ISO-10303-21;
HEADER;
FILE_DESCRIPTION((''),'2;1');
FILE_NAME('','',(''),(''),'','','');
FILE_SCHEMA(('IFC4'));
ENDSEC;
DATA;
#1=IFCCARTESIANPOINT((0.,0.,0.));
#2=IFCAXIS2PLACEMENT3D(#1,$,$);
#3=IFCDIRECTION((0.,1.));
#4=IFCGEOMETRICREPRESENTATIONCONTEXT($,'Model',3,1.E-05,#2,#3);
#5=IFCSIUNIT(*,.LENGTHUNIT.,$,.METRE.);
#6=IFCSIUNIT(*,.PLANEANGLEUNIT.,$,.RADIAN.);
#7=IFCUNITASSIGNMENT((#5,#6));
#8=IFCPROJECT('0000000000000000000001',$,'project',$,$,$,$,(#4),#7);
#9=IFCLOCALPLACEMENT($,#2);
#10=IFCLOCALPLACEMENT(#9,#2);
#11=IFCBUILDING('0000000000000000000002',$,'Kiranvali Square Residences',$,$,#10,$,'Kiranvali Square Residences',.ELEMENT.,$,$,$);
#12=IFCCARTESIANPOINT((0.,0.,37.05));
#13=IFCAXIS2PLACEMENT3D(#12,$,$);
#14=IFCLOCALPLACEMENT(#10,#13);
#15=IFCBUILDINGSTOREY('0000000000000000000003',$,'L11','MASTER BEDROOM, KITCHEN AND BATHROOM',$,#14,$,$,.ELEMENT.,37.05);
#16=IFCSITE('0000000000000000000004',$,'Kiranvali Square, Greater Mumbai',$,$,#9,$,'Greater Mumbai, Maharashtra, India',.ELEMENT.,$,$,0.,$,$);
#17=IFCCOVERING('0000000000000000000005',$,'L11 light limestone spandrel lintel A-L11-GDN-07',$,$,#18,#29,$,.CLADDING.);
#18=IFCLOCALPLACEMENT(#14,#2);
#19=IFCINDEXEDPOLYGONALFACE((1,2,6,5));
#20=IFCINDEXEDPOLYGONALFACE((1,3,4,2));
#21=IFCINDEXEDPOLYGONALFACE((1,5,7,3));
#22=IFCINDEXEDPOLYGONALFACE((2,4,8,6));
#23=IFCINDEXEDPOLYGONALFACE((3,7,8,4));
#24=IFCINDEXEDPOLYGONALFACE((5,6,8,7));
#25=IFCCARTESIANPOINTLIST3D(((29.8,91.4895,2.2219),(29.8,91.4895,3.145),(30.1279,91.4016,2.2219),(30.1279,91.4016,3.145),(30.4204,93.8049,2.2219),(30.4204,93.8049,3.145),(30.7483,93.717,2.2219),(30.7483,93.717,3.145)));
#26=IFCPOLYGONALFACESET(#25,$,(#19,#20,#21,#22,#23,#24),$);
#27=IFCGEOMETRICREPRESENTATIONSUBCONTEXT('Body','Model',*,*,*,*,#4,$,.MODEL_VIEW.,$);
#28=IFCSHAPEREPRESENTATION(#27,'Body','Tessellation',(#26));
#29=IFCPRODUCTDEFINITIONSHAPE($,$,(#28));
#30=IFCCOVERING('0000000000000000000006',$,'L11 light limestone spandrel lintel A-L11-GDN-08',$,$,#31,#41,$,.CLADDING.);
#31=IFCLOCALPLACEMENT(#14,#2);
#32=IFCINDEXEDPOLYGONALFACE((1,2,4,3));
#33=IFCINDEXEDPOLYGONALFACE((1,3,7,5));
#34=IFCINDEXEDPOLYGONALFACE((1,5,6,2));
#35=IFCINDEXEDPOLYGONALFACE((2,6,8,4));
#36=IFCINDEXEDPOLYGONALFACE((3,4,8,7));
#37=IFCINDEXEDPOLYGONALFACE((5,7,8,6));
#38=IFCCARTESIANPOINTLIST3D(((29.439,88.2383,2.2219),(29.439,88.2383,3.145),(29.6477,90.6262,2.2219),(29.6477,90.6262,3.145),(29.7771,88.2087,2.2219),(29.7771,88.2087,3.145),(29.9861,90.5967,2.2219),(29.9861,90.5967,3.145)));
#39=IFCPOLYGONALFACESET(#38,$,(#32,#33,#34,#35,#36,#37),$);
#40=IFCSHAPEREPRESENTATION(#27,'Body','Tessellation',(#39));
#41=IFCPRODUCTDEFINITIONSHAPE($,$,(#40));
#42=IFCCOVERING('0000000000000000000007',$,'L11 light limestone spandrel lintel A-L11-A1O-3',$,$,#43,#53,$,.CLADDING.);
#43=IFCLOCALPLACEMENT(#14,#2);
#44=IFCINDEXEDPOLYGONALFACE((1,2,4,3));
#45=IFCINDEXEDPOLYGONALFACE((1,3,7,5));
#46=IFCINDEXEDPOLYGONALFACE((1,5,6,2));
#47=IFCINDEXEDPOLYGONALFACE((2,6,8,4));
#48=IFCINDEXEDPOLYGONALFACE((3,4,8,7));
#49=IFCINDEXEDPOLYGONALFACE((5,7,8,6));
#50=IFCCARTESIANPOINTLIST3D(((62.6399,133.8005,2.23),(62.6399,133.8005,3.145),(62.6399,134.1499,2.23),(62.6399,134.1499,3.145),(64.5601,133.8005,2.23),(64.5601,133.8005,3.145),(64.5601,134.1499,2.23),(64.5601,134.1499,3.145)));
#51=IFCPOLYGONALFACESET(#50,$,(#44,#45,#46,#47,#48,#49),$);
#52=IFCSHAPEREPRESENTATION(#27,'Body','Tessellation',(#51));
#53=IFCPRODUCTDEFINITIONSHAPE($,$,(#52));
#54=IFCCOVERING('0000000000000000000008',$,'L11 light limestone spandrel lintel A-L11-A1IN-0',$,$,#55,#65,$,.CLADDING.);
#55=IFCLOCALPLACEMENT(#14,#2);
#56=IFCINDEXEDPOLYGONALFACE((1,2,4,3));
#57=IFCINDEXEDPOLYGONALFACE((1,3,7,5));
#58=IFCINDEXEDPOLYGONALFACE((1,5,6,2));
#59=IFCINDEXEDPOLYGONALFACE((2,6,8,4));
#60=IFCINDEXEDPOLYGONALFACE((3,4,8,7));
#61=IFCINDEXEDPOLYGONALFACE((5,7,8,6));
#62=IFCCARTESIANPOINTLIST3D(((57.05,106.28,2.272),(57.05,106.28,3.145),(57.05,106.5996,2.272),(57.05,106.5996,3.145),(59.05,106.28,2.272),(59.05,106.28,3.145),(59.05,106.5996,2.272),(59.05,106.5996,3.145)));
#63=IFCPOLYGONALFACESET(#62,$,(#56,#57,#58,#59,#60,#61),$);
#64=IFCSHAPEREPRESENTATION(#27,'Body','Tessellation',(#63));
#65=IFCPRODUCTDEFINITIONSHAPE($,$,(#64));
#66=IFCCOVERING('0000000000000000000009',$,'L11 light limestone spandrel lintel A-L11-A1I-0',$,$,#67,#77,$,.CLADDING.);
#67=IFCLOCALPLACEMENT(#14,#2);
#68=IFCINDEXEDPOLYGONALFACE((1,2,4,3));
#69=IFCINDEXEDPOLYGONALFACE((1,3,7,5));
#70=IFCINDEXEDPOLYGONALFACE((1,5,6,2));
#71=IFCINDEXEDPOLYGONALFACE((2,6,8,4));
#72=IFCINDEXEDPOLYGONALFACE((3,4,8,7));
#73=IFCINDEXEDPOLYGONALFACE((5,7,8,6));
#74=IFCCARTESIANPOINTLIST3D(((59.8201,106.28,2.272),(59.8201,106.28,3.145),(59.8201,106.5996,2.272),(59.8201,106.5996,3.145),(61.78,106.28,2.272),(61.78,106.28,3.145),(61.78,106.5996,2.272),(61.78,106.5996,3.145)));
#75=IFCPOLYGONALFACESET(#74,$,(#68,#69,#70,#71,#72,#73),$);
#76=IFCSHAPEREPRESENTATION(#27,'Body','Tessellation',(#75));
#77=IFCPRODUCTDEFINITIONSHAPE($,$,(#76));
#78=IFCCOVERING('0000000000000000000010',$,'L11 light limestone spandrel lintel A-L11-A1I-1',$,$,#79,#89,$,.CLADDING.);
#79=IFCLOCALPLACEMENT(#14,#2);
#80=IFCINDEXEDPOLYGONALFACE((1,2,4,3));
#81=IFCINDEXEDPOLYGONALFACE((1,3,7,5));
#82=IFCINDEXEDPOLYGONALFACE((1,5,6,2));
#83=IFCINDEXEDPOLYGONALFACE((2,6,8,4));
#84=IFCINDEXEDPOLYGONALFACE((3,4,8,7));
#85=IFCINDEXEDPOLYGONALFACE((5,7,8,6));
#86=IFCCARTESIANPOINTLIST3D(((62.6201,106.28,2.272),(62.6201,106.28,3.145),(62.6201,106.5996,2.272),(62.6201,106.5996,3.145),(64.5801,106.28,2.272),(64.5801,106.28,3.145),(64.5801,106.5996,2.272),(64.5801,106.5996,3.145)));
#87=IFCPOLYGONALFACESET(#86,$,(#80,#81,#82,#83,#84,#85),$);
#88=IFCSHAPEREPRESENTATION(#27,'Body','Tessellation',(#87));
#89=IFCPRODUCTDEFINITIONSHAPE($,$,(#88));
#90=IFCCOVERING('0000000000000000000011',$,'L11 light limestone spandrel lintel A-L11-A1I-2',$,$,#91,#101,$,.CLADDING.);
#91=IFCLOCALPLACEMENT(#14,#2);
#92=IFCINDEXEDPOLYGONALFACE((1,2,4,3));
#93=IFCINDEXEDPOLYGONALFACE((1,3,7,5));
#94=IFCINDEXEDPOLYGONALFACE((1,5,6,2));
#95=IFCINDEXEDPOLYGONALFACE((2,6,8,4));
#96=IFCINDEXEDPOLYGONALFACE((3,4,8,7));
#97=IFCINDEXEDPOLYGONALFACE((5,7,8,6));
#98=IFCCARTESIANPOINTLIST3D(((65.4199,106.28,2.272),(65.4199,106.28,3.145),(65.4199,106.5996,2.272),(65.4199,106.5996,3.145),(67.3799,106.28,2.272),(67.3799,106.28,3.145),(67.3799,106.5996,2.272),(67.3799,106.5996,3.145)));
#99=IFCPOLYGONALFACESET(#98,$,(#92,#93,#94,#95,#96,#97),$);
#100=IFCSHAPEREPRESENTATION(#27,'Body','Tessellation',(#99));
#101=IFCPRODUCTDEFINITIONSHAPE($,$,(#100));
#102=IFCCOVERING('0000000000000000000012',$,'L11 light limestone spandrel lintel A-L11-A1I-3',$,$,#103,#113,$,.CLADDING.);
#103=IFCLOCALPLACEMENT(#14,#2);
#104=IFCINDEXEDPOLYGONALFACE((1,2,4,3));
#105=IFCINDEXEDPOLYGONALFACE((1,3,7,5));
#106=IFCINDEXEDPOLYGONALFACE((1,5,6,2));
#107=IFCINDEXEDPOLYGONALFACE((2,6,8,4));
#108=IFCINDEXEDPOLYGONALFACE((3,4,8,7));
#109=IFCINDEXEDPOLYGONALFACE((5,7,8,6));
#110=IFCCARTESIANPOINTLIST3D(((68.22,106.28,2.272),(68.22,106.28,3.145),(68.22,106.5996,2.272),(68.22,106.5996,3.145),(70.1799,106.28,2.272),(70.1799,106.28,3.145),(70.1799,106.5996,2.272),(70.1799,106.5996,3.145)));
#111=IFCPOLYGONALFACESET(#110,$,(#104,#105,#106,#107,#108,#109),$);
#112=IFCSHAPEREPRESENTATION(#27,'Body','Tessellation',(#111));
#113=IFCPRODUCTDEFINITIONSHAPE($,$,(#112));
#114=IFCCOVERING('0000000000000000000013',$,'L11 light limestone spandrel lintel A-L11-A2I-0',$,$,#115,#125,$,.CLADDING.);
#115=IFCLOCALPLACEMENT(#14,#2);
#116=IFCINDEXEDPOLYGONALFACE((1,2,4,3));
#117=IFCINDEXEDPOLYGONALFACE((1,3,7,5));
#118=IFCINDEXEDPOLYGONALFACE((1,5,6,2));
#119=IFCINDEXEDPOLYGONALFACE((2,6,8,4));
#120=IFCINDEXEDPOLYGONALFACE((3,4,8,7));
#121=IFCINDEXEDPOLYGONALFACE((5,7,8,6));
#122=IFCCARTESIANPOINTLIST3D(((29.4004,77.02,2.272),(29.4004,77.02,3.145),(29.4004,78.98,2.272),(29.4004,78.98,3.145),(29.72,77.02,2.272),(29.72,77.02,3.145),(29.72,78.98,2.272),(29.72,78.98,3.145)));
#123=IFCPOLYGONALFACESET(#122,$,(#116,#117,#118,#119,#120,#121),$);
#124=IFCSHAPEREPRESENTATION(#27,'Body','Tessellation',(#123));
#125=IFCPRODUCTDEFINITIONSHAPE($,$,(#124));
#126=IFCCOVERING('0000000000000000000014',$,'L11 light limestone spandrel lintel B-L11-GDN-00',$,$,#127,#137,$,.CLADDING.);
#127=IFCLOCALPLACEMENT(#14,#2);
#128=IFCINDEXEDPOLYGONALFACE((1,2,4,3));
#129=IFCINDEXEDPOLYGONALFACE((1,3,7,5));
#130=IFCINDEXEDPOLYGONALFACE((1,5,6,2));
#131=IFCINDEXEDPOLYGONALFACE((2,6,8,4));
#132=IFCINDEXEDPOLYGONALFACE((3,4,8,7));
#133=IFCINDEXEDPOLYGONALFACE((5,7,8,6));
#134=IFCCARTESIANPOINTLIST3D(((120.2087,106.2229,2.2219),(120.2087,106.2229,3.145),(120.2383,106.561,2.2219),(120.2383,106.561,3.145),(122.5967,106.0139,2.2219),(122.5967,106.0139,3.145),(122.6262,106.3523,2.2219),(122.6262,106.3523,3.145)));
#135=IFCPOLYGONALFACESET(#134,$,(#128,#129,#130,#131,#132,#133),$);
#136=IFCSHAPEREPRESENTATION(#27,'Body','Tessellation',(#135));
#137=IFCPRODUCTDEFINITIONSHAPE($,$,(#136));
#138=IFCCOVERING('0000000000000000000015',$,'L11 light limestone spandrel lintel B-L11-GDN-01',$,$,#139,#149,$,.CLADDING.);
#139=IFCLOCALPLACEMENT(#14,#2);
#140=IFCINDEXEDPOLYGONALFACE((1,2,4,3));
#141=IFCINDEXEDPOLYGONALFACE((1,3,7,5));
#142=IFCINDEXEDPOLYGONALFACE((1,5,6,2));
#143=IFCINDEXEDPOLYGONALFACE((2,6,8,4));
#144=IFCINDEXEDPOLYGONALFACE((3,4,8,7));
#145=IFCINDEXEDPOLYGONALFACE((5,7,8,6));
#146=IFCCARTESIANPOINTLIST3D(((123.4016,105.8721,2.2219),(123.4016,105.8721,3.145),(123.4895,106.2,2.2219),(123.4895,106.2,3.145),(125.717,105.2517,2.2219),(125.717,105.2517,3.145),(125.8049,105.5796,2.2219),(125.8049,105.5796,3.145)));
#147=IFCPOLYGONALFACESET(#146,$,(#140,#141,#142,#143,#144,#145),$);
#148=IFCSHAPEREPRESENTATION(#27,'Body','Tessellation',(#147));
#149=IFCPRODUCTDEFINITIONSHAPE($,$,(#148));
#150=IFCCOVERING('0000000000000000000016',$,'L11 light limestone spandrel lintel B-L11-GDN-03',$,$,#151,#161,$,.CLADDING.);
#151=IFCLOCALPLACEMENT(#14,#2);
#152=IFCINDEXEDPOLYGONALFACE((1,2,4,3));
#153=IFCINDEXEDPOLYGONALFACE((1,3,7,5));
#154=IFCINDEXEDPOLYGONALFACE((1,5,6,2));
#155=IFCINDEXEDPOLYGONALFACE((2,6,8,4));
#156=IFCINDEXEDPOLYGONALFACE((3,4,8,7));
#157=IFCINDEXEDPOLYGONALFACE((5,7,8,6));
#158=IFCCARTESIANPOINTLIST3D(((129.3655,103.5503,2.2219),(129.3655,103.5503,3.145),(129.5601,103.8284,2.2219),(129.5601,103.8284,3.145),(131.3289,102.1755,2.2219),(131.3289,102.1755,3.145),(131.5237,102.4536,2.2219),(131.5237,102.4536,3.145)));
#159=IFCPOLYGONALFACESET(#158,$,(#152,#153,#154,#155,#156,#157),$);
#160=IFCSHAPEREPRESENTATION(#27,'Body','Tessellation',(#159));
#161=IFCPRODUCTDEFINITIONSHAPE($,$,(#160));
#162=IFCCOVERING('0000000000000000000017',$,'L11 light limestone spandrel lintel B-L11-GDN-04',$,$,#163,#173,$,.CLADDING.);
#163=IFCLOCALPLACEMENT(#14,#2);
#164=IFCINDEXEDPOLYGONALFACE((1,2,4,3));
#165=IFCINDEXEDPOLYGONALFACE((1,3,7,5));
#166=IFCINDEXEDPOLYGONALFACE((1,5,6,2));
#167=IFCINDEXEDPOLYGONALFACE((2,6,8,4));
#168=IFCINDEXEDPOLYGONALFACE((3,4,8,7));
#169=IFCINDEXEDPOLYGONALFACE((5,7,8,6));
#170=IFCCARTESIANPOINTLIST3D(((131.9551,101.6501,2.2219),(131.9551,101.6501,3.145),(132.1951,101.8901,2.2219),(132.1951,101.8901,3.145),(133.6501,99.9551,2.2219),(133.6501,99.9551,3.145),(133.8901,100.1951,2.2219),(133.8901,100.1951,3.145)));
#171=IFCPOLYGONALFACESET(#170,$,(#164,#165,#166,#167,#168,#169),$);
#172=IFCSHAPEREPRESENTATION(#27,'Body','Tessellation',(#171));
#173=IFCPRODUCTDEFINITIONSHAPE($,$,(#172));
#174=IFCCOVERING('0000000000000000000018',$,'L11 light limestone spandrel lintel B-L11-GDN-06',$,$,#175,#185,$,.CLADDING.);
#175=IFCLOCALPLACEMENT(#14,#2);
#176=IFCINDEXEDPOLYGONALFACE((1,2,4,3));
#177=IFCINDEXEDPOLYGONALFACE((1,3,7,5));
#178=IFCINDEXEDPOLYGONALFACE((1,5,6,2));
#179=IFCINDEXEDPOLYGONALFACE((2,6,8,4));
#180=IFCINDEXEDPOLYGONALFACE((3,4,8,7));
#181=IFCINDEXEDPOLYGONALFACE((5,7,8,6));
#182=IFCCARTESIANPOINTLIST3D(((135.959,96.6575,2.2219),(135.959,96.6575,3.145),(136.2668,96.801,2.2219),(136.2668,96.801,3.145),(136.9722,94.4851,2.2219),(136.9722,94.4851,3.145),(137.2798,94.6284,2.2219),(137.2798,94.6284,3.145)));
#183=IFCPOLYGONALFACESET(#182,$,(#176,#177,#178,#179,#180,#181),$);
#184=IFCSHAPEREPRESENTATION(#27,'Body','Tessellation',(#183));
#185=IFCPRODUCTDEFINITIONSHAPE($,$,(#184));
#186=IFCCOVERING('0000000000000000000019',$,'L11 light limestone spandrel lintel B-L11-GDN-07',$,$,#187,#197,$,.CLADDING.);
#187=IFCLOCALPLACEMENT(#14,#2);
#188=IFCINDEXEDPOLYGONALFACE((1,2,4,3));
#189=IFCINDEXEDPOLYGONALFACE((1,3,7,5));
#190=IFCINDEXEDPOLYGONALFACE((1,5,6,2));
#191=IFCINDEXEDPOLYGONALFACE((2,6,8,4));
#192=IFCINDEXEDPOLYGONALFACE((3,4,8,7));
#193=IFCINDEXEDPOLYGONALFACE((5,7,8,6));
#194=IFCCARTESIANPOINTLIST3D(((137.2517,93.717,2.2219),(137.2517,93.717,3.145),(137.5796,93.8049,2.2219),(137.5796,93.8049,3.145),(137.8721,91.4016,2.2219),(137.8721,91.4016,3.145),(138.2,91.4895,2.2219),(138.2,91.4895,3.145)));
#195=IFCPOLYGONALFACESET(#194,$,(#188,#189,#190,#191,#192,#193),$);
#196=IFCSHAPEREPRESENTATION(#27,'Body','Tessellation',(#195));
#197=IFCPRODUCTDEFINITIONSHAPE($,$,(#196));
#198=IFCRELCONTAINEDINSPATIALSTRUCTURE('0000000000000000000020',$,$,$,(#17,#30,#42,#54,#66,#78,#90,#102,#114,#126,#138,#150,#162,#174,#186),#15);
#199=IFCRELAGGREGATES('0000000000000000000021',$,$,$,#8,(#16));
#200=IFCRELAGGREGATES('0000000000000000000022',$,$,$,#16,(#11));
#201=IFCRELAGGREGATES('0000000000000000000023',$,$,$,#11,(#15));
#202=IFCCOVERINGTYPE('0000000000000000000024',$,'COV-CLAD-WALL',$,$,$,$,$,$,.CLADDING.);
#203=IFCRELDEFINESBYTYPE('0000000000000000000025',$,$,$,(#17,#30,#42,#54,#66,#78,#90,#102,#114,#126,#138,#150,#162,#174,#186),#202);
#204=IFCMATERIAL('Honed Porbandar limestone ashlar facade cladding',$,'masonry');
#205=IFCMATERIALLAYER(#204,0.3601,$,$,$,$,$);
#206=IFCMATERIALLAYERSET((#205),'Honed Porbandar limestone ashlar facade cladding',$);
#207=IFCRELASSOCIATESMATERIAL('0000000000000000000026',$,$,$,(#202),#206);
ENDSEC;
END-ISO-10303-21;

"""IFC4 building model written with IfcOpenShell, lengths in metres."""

from ifc_helpers import new_model, si_unit, direction, frame, origin, place, context, subcontext, project, spatial, polyline, outline, extrude, material, layer, layer_set, type_object, element, save


model = new_model("IFC4")

# Units and contexts
model_context = context("Model", 3, precision=1e-05, world=origin(), true_north=direction((0.0, 1.0)))
body_context = subcontext(model_context, "Body", "Model", "MODEL_VIEW")
ifc_project = project(units=[si_unit("LENGTHUNIT", "METRE"), si_unit("PLANEANGLEUNIT", "RADIAN")], contexts=[model_context])

# Site, building, storey
site_placement = place(None, origin())
site = spatial("IfcSite", under=ifc_project, at=site_placement, Name="Kiranvali Square, Greater Mumbai", LongName="Greater Mumbai, Maharashtra, India", CompositionType="ELEMENT", RefElevation=0.0)
building_placement = place(site_placement, origin())
building = spatial("IfcBuilding", under=site, at=building_placement, Name="Kiranvali Square Residences", LongName="Kiranvali Square Residences", CompositionType="ELEMENT")
storey_placement = place(building_placement, frame((0.0, 0.0, 37.05)))
storey = spatial("IfcBuildingStorey", under=building, at=storey_placement, Name="L11", Description="MASTER BEDROOM, KITCHEN AND BATHROOM", CompositionType="ELEMENT", Elevation=37.05)

# Coverings
ifc_material = material(Name="Honed Porbandar limestone ashlar facade cladding", Category="masonry")
ifc_layer = layer(ifc_material, 0.3601)
ifc_layer_set = layer_set([ifc_layer], Name="Honed Porbandar limestone ashlar facade cladding")
covering_type = type_object("IfcCoveringType", Name="COV-CLAD-WALL", PredefinedType="CLADDING", material=ifc_layer_set)
covering_1_placement = place(storey_placement, frame((0.0, 0.0, 2.2219)))
element("IfcCovering", 1, at=covering_1_placement, inside=storey, type_object=covering_type, Name="L11 light limestone spandrel lintel A-L11-GDN-07", PredefinedType="CLADDING", context=body_context, shape_type="SweptSolid", body=[
    extrude(outline(polyline([(30.4204, 93.8049), (29.8, 91.4895), (30.1279, 91.4016), (30.7483, 93.717), (30.4204, 93.8049)])), origin(), (0.0, 0.0, 1.0), 0.9231),
])
covering_2_placement = place(storey_placement, frame((0.0, 0.0, 2.2219)))
element("IfcCovering", 2, at=covering_2_placement, inside=storey, type_object=covering_type, Name="L11 light limestone spandrel lintel A-L11-GDN-08", PredefinedType="CLADDING", context=body_context, shape_type="SweptSolid", body=[
    extrude(outline(polyline([(29.6477, 90.6262), (29.439, 88.2383), (29.7771, 88.2087), (29.9861, 90.5967), (29.6477, 90.6262)])), origin(), (0.0, 0.0, 1.0), 0.9231),
])
covering_3_placement = place(storey_placement, frame((0.0, 0.0, 2.23)))
element("IfcCovering", 3, at=covering_3_placement, inside=storey, type_object=covering_type, Name="L11 light limestone spandrel lintel A-L11-A1O-3", PredefinedType="CLADDING", context=body_context, shape_type="SweptSolid", body=[
    extrude(outline(polyline([(62.6399, 133.8005), (64.5601, 133.8005), (64.5601, 134.1499), (62.6399, 134.1499), (62.6399, 133.8005)])), origin(), (0.0, 0.0, 1.0), 0.915),
])
covering_4_placement = place(storey_placement, frame((0.0, 0.0, 2.272)))
element("IfcCovering", 4, at=covering_4_placement, inside=storey, type_object=covering_type, Name="L11 light limestone spandrel lintel A-L11-A1IN-0", PredefinedType="CLADDING", context=body_context, shape_type="SweptSolid", body=[
    extrude(outline(polyline([(57.05, 106.28), (59.05, 106.28), (59.05, 106.5996), (57.05, 106.5996), (57.05, 106.28)])), origin(), (0.0, 0.0, 1.0), 0.873),
])
covering_5_placement = place(storey_placement, frame((0.0, 0.0, 2.272)))
element("IfcCovering", 5, at=covering_5_placement, inside=storey, type_object=covering_type, Name="L11 light limestone spandrel lintel A-L11-A1I-0", PredefinedType="CLADDING", context=body_context, shape_type="SweptSolid", body=[
    extrude(outline(polyline([(59.8201, 106.28), (61.78, 106.28), (61.78, 106.5996), (59.8201, 106.5996), (59.8201, 106.28)])), origin(), (0.0, 0.0, 1.0), 0.873),
])
covering_6_placement = place(storey_placement, frame((0.0, 0.0, 2.272)))
element("IfcCovering", 6, at=covering_6_placement, inside=storey, type_object=covering_type, Name="L11 light limestone spandrel lintel A-L11-A1I-1", PredefinedType="CLADDING", context=body_context, shape_type="SweptSolid", body=[
    extrude(outline(polyline([(62.6201, 106.28), (64.5801, 106.28), (64.5801, 106.5996), (62.6201, 106.5996), (62.6201, 106.28)])), origin(), (0.0, 0.0, 1.0), 0.873),
])
covering_7_placement = place(storey_placement, frame((0.0, 0.0, 2.272)))
element("IfcCovering", 7, at=covering_7_placement, inside=storey, type_object=covering_type, Name="L11 light limestone spandrel lintel A-L11-A1I-2", PredefinedType="CLADDING", context=body_context, shape_type="SweptSolid", body=[
    extrude(outline(polyline([(65.4199, 106.28), (67.3799, 106.28), (67.3799, 106.5996), (65.4199, 106.5996), (65.4199, 106.28)])), origin(), (0.0, 0.0, 1.0), 0.873),
])
covering_8_placement = place(storey_placement, frame((0.0, 0.0, 2.272)))
element("IfcCovering", 8, at=covering_8_placement, inside=storey, type_object=covering_type, Name="L11 light limestone spandrel lintel A-L11-A1I-3", PredefinedType="CLADDING", context=body_context, shape_type="SweptSolid", body=[
    extrude(outline(polyline([(68.22, 106.28), (70.1799, 106.28), (70.1799, 106.5996), (68.22, 106.5996), (68.22, 106.28)])), origin(), (0.0, 0.0, 1.0), 0.873),
])
covering_9_placement = place(storey_placement, frame((0.0, 0.0, 2.272)))
element("IfcCovering", 9, at=covering_9_placement, inside=storey, type_object=covering_type, Name="L11 light limestone spandrel lintel A-L11-A2I-0", PredefinedType="CLADDING", context=body_context, shape_type="SweptSolid", body=[
    extrude(outline(polyline([(29.4004, 78.98), (29.4004, 77.02), (29.72, 77.02), (29.72, 78.98), (29.4004, 78.98)])), origin(), (0.0, 0.0, 1.0), 0.873),
])
covering_10_placement = place(storey_placement, frame((0.0, 0.0, 2.2219)))
element("IfcCovering", 10, at=covering_10_placement, inside=storey, type_object=covering_type, Name="L11 light limestone spandrel lintel B-L11-GDN-00", PredefinedType="CLADDING", context=body_context, shape_type="SweptSolid", body=[
    extrude(outline(polyline([(120.2087, 106.2229), (122.5967, 106.0139), (122.6262, 106.3523), (120.2383, 106.561), (120.2087, 106.2229)])), origin(), (0.0, 0.0, 1.0), 0.9231),
])
covering_11_placement = place(storey_placement, frame((0.0, 0.0, 2.2219)))
element("IfcCovering", 11, at=covering_11_placement, inside=storey, type_object=covering_type, Name="L11 light limestone spandrel lintel B-L11-GDN-01", PredefinedType="CLADDING", context=body_context, shape_type="SweptSolid", body=[
    extrude(outline(polyline([(123.4016, 105.8721), (125.717, 105.2517), (125.8049, 105.5796), (123.4895, 106.2), (123.4016, 105.8721)])), origin(), (0.0, 0.0, 1.0), 0.9231),
])
covering_12_placement = place(storey_placement, frame((0.0, 0.0, 2.2219)))
element("IfcCovering", 12, at=covering_12_placement, inside=storey, type_object=covering_type, Name="L11 light limestone spandrel lintel B-L11-GDN-03", PredefinedType="CLADDING", context=body_context, shape_type="SweptSolid", body=[
    extrude(outline(polyline([(129.3655, 103.5503), (131.3289, 102.1755), (131.5237, 102.4536), (129.5601, 103.8284), (129.3655, 103.5503)])), origin(), (0.0, 0.0, 1.0), 0.9231),
])
covering_13_placement = place(storey_placement, frame((0.0, 0.0, 2.2219)))
element("IfcCovering", 13, at=covering_13_placement, inside=storey, type_object=covering_type, Name="L11 light limestone spandrel lintel B-L11-GDN-04", PredefinedType="CLADDING", context=body_context, shape_type="SweptSolid", body=[
    extrude(outline(polyline([(131.9551, 101.6501), (133.6501, 99.9551), (133.8901, 100.1951), (132.1951, 101.8901), (131.9551, 101.6501)])), origin(), (0.0, 0.0, 1.0), 0.9231),
])
covering_14_placement = place(storey_placement, frame((0.0, 0.0, 2.2219)))
element("IfcCovering", 14, at=covering_14_placement, inside=storey, type_object=covering_type, Name="L11 light limestone spandrel lintel B-L11-GDN-06", PredefinedType="CLADDING", context=body_context, shape_type="SweptSolid", body=[
    extrude(outline(polyline([(135.959, 96.6575), (136.9722, 94.4851), (137.2798, 94.6284), (136.2668, 96.801), (135.959, 96.6575)])), origin(), (0.0, 0.0, 1.0), 0.9231),
])
covering_15_placement = place(storey_placement, frame((0.0, 0.0, 2.2219)))
element("IfcCovering", 15, at=covering_15_placement, inside=storey, type_object=covering_type, Name="L11 light limestone spandrel lintel B-L11-GDN-07", PredefinedType="CLADDING", context=body_context, shape_type="SweptSolid", body=[
    extrude(outline(polyline([(137.2517, 93.717), (137.8721, 91.4016), (138.2, 91.4895), (137.5796, 93.8049), (137.2517, 93.717)])), origin(), (0.0, 0.0, 1.0), 0.9231),
])

save(model, "model.ifc")
